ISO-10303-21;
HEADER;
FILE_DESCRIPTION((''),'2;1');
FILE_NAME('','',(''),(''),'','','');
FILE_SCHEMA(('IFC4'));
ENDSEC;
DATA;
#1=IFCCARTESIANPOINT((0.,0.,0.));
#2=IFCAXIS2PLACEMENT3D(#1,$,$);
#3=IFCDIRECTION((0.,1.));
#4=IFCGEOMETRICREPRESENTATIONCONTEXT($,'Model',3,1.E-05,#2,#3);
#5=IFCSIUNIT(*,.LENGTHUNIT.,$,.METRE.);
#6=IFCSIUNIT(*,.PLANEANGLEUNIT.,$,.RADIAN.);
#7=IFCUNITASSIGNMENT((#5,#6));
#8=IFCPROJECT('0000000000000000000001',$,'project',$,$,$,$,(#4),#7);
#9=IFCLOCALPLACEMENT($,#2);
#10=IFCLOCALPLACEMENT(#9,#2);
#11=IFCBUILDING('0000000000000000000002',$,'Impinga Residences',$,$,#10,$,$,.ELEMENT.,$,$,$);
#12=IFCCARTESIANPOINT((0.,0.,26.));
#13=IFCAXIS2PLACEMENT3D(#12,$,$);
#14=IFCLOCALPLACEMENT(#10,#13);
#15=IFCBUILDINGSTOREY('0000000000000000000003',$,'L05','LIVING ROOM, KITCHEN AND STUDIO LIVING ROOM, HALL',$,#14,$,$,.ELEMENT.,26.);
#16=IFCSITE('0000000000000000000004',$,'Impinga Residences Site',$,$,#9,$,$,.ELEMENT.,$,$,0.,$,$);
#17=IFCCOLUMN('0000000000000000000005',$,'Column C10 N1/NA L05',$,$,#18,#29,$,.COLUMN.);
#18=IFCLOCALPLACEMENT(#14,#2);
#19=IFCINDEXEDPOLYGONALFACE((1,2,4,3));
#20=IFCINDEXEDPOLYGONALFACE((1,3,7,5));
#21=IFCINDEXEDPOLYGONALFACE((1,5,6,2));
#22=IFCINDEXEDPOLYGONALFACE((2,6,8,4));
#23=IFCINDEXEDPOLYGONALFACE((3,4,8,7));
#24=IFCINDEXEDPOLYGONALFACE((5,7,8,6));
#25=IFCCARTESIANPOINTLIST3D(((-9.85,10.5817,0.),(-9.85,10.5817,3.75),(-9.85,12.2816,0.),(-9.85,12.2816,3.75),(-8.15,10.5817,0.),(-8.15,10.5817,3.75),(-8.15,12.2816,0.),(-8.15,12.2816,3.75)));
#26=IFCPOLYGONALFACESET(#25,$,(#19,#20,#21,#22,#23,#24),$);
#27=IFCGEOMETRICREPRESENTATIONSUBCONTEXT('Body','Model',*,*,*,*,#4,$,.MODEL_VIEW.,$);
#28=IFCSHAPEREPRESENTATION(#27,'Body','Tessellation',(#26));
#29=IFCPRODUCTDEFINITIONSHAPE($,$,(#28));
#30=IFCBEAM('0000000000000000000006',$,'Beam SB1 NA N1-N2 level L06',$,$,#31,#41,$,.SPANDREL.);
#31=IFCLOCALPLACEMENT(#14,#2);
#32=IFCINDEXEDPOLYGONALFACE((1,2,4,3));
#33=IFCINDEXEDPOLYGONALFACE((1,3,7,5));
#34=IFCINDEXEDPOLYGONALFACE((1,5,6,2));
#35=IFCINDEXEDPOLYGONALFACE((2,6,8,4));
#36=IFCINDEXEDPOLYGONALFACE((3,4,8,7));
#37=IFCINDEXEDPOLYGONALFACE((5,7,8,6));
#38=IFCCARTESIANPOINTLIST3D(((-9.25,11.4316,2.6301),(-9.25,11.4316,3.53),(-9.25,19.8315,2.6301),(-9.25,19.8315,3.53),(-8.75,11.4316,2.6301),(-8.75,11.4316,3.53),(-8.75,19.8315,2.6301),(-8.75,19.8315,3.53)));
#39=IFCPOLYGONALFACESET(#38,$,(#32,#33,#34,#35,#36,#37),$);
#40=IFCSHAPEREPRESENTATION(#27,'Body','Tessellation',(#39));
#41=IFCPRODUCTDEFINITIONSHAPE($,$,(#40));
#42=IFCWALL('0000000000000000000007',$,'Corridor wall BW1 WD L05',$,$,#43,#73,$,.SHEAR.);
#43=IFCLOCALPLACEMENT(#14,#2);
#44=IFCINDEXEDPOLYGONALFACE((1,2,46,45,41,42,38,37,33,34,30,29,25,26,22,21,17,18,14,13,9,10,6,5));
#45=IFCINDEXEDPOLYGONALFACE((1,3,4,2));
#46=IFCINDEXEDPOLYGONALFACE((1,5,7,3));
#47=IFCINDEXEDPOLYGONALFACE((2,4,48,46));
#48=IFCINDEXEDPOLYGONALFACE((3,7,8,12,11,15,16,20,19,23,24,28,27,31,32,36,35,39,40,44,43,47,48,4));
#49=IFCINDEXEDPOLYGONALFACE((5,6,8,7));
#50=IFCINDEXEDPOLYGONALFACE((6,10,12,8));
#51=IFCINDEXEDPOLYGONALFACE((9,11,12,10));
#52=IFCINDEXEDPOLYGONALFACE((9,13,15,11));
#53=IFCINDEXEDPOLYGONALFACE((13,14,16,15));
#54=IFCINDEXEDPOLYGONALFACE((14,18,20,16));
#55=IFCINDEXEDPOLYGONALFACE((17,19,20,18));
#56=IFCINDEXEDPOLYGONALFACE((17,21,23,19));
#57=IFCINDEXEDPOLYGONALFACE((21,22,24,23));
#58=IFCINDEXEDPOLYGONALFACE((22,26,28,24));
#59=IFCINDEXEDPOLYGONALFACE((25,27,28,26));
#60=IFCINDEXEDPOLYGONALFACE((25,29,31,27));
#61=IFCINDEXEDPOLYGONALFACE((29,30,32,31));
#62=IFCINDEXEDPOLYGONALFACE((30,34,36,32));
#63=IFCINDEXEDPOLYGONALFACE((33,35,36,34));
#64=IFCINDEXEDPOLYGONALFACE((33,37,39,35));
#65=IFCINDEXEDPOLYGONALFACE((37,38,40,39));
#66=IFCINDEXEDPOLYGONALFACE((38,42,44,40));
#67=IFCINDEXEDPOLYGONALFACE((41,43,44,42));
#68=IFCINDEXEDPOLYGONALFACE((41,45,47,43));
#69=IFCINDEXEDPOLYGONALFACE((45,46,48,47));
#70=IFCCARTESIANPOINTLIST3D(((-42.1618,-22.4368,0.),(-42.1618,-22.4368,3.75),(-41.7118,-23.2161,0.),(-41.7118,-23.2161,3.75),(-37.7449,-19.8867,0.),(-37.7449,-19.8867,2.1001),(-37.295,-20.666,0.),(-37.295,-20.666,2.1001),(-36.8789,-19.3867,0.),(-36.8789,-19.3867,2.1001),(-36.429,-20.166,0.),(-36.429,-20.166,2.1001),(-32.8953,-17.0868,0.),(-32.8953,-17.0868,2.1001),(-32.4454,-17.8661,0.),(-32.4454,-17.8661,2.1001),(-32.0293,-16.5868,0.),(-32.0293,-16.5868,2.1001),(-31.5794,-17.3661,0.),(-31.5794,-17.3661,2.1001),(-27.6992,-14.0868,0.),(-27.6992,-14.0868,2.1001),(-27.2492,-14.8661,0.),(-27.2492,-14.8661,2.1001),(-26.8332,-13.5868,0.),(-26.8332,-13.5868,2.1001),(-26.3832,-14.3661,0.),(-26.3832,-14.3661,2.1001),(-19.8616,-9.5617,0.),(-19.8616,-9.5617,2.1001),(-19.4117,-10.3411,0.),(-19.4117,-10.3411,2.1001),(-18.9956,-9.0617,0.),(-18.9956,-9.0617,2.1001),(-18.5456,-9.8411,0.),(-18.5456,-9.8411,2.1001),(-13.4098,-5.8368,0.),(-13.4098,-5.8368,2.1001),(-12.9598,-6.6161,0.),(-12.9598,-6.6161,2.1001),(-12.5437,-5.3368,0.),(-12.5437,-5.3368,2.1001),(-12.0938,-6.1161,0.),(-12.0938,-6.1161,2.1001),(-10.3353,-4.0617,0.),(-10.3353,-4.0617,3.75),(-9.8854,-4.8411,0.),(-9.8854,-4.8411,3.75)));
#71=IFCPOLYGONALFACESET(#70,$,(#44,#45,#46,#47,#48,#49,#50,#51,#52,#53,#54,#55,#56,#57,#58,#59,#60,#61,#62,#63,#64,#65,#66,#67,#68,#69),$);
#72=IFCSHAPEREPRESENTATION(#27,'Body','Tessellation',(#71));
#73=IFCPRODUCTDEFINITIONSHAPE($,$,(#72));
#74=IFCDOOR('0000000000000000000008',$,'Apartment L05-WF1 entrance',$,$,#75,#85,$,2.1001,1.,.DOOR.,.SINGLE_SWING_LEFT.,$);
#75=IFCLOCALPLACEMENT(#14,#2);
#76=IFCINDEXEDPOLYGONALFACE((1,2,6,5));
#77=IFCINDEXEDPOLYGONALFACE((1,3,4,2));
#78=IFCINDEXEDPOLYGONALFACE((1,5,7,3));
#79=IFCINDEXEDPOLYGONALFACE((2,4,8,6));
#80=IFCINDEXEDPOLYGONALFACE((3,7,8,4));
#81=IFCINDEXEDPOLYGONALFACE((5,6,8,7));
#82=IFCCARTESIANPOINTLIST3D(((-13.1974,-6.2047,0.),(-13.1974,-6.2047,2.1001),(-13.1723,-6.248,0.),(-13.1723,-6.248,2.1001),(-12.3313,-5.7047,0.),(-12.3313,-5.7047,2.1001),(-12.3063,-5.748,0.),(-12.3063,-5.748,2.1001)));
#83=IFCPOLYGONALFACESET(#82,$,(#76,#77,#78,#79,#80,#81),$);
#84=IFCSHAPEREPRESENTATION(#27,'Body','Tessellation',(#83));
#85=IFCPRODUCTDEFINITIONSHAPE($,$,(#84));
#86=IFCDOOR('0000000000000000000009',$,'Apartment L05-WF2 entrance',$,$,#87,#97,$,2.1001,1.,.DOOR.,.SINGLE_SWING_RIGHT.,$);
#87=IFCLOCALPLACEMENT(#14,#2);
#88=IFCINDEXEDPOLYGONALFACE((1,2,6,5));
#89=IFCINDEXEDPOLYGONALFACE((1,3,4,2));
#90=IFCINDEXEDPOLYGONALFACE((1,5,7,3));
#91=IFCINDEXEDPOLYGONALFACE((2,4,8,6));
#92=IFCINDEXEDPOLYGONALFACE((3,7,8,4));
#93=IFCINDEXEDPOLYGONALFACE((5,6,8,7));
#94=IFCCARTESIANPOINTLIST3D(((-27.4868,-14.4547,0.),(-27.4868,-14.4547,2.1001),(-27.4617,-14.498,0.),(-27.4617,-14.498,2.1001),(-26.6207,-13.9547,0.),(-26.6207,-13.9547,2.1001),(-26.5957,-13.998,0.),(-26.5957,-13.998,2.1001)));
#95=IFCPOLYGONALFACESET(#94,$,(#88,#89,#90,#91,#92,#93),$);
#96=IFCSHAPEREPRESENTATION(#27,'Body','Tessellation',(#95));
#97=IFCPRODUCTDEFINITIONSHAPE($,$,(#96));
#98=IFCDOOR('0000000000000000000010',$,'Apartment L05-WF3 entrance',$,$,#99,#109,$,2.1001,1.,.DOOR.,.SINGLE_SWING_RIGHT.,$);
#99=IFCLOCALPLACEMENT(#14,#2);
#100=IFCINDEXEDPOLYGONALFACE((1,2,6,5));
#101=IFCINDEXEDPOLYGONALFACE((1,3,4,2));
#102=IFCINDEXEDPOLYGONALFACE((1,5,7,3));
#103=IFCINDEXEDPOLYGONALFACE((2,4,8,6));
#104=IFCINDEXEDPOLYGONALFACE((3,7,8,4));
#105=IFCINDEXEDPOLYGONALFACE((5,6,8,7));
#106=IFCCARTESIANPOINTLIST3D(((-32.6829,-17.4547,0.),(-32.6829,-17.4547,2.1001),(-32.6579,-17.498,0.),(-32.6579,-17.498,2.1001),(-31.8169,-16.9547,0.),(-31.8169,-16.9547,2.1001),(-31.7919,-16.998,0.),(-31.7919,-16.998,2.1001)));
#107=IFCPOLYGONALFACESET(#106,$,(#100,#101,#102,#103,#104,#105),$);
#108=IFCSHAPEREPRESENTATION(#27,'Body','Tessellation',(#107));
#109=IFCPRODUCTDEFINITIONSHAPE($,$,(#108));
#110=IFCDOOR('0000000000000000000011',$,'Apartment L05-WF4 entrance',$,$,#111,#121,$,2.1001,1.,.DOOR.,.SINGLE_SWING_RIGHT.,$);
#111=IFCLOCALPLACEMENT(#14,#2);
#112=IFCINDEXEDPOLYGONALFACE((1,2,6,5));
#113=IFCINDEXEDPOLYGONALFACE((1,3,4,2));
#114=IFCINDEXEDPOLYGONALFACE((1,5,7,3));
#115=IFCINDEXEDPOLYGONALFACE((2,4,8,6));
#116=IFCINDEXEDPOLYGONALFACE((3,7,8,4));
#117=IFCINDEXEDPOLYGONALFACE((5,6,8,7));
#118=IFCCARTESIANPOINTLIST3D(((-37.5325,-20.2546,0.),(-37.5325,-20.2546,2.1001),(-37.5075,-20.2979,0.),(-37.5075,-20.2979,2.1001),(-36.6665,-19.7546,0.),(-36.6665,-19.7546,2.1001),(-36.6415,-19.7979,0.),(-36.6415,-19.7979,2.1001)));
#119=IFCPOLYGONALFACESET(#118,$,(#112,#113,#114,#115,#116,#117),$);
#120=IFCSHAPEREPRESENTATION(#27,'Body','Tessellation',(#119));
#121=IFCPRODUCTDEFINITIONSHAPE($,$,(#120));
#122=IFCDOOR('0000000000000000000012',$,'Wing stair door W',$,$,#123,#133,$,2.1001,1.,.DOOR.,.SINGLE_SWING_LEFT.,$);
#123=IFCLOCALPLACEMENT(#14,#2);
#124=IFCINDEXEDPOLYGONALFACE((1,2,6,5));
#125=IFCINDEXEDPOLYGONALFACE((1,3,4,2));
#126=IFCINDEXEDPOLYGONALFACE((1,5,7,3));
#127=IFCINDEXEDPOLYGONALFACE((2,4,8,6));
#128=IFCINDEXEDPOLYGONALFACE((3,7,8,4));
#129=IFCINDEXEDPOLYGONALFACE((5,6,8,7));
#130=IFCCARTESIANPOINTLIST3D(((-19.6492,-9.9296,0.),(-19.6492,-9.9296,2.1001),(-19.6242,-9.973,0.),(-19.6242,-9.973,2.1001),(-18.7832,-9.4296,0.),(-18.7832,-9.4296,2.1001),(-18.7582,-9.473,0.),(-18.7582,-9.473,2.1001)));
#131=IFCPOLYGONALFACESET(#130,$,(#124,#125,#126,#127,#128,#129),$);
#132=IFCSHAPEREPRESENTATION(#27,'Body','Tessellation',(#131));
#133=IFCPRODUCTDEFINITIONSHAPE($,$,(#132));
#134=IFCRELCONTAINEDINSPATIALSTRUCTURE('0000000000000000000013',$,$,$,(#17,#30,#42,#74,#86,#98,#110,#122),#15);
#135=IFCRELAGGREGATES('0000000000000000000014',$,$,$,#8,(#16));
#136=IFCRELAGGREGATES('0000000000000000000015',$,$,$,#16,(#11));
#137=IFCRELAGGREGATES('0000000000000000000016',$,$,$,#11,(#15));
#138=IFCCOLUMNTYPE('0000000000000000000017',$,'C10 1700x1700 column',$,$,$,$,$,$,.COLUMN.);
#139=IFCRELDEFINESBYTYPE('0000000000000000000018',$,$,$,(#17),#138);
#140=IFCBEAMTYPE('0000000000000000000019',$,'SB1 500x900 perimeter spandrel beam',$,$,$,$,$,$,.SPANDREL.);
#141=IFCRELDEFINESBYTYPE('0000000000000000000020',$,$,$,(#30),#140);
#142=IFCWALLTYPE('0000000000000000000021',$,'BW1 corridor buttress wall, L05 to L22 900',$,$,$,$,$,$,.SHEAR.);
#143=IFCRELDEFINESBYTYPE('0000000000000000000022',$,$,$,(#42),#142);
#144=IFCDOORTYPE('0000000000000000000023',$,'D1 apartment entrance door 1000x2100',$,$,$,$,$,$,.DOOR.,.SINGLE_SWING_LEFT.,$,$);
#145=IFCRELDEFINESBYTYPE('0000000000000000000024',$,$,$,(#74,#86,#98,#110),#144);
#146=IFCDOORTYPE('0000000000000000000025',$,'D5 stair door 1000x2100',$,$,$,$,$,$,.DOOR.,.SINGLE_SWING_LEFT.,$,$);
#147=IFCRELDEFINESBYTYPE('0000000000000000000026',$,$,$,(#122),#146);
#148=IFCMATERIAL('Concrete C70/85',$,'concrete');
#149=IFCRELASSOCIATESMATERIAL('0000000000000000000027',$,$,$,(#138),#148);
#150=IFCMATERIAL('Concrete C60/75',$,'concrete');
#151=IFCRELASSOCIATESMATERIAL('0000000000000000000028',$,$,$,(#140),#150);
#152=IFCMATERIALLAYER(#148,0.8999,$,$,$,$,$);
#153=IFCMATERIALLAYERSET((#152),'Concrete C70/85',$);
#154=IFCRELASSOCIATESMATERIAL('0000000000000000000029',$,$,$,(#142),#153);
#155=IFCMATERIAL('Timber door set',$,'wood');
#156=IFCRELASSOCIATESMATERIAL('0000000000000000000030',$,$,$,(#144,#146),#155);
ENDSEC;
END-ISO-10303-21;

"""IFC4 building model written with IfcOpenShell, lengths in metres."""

from ifc_helpers import new_model, si_unit, direction, frame, frame_2d, origin, origin_2d, place, context, subcontext, project, spatial, rectangle, extrude, material, layer, layer_set, material_profile, profile_set, type_object, element, fill, save


model = new_model("IFC4")

# Units and contexts
model_context = context("Model", 3, precision=1e-05, world=origin(), true_north=direction((0.0, 1.0)))
body_context = subcontext(model_context, "Body", "Model", "MODEL_VIEW")
ifc_project = project(units=[si_unit("LENGTHUNIT", "METRE"), si_unit("PLANEANGLEUNIT", "RADIAN")], contexts=[model_context])

# Site, building, storey
site_placement = place(None, origin())
site = spatial("IfcSite", under=ifc_project, at=site_placement, Name="Impinga Residences Site", CompositionType="ELEMENT", RefElevation=0.0)
building_placement = place(site_placement, origin())
building = spatial("IfcBuilding", under=site, at=building_placement, Name="Impinga Residences", CompositionType="ELEMENT")
storey_placement = place(building_placement, frame((0.0, 0.0, 26.0)))
storey = spatial("IfcBuildingStorey", under=building, at=storey_placement, Name="L05", Description="LIVING ROOM, KITCHEN AND STUDIO LIVING ROOM, HALL", CompositionType="ELEMENT", Elevation=26.0)

# Column
ifc_material_1 = material(Name="Concrete C70/85", Category="concrete")
ifc_material_profile_1 = material_profile(ifc_material_1, rectangle(XDim=1.7, YDim=1.7, at=origin_2d()), Name="RC 1700x1700")
ifc_profile_set_1 = profile_set([ifc_material_profile_1], Name="Concrete C70/85")
column_type = type_object("IfcColumnType", Name="C10 1700x1700 column", PredefinedType="COLUMN", material=ifc_profile_set_1)
column_placement = place(storey_placement, frame((-9.0, 11.4316, 0.0), z_axis=(0.0, 0.0, 1.0), x_axis=(1.0, 0.0, 0.0)))
element("IfcColumn", 1, at=column_placement, inside=storey, type_object=column_type, Name="Column C10 N1/NA L05", PredefinedType="COLUMN", context=body_context, shape_type="SweptSolid", body=[
    extrude(rectangle(XDim=1.7, YDim=1.7, at=origin_2d()), origin(), (0.0, 0.0, 1.0), 3.75),
])

# Beam
ifc_material_2 = material(Name="Concrete C60/75", Category="concrete")
ifc_material_profile_2 = material_profile(ifc_material_2, rectangle(XDim=0.5, YDim=0.8999, at=origin_2d()), Name="RC 500x900")
ifc_profile_set_2 = profile_set([ifc_material_profile_2], Name="Concrete C60/75")
beam_type = type_object("IfcBeamType", Name="SB1 500x900 perimeter spandrel beam", PredefinedType="SPANDREL", material=ifc_profile_set_2)
beam_placement = place(storey_placement, frame((-9.0, 11.4316, 3.0801), z_axis=(0.0, 1.0, 0.0), x_axis=(-1.0, 0.0, 0.0)))
element("IfcBeam", 2, at=beam_placement, inside=storey, type_object=beam_type, Name="Beam SB1 NA N1-N2 level L06", PredefinedType="SPANDREL", context=body_context, shape_type="SweptSolid", body=[
    extrude(rectangle(XDim=0.5, YDim=0.8999, at=origin_2d()), origin(), (0.0, 0.0, 1.0), 8.3999),
])

# Wall, openings, doors
ifc_layer_1 = layer(ifc_material_1, 0.8999)
ifc_layer_set_1 = layer_set([ifc_layer_1], Name="Concrete C70/85")
wall_type_1 = type_object("IfcWallType", Name="BW1 corridor buttress wall, L05 to L22 900", PredefinedType="SHEAR", material=ifc_layer_set_1)
wall_1_placement = place(storey_placement, frame((-10.1104, -4.4514, 0.0), z_axis=(0.0, 0.0, 1.0), x_axis=(-0.866025, -0.5, 0.0)))
wall_1 = element("IfcWall", 3, at=wall_1_placement, inside=storey, type_object=wall_type_1, Name="Corridor wall BW1 WD L05", PredefinedType="SHEAR", context=body_context, shape_type="SweptSolid", body=[
    extrude(rectangle(XDim=36.75, YDim=0.8999, at=frame_2d((18.375, 0.0))), origin(), (0.0, 0.0, 1.0), 3.75),
])
opening_1_placement = place(wall_1_placement, frame((10.0, 0.0, 0.0)))
opening_1 = element("IfcOpeningElement", 4, at=opening_1_placement, cuts=wall_1, PredefinedType="OPENING", context=body_context, shape_type="SweptSolid", body=[
    extrude(rectangle(XDim=1.0, YDim=2.1001, at=frame_2d((0.5, 1.05))), frame((0.0, 0.46, 0.0), z_axis=(0.0, -1.0, 0.0), x_axis=(1.0, 0.0, 0.0)), (0.0, 0.0, 1.0), 0.9199),
])
opening_2_placement = place(wall_1_placement, frame((2.55, 0.0, 0.0)))
opening_2 = element("IfcOpeningElement", 5, at=opening_2_placement, cuts=wall_1, PredefinedType="OPENING", context=body_context, shape_type="SweptSolid", body=[
    extrude(rectangle(XDim=1.0, YDim=2.1001, at=frame_2d((0.5, 1.05))), frame((0.0, 0.46, 0.0), z_axis=(0.0, -1.0, 0.0), x_axis=(1.0, 0.0, 0.0)), (0.0, 0.0, 1.0), 0.9199),
])
opening_3_placement = place(wall_1_placement, frame((19.05, 0.0, 0.0)))
opening_3 = element("IfcOpeningElement", 6, at=opening_3_placement, cuts=wall_1, PredefinedType="OPENING", context=body_context, shape_type="SweptSolid", body=[
    extrude(rectangle(XDim=1.0, YDim=2.1001, at=frame_2d((0.5, 1.05))), frame((0.0, 0.46, 0.0), z_axis=(0.0, -1.0, 0.0), x_axis=(1.0, 0.0, 0.0)), (0.0, 0.0, 1.0), 0.9199),
])
opening_4_placement = place(wall_1_placement, frame((25.05, 0.0, 0.0)))
opening_4 = element("IfcOpeningElement", 7, at=opening_4_placement, cuts=wall_1, PredefinedType="OPENING", context=body_context, shape_type="SweptSolid", body=[
    extrude(rectangle(XDim=1.0, YDim=2.1001, at=frame_2d((0.5, 1.05))), frame((0.0, 0.46, 0.0), z_axis=(0.0, -1.0, 0.0), x_axis=(1.0, 0.0, 0.0)), (0.0, 0.0, 1.0), 0.9199),
])
opening_5_placement = place(wall_1_placement, frame((30.6499, 0.0, 0.0)))
opening_5 = element("IfcOpeningElement", 8, at=opening_5_placement, cuts=wall_1, PredefinedType="OPENING", context=body_context, shape_type="SweptSolid", body=[
    extrude(rectangle(XDim=1.0, YDim=2.1001, at=frame_2d((0.5, 1.05))), frame((0.0, 0.46, 0.0), z_axis=(0.0, -1.0, 0.0), x_axis=(1.0, 0.0, 0.0)), (0.0, 0.0, 1.0), 0.9199),
])
ifc_material_3 = material(Name="Timber door set", Category="wood")
door_type_1 = type_object("IfcDoorType", Name="D1 apartment entrance door 1000x2100", OperationType="SINGLE_SWING_LEFT", PredefinedType="DOOR", material=ifc_material_3)
door_1_placement = place(opening_2_placement, origin())
door_1 = element("IfcDoor", 9, at=door_1_placement, inside=storey, type_object=door_type_1, Name="Apartment L05-WF1 entrance", OperationType="SINGLE_SWING_LEFT", OverallHeight=2.1001, OverallWidth=1.0, PredefinedType="DOOR", context=body_context, shape_type="SweptSolid", body=[
    extrude(rectangle(XDim=1.0, YDim=2.1001, at=frame_2d((0.5, 1.05))), frame((0.0, 0.0249, 0.0), z_axis=(0.0, -1.0, 0.0), x_axis=(1.0, 0.0, 0.0)), (0.0, 0.0, 1.0), 0.05),
])
fill(opening_2, door_1)
door_2_placement = place(opening_3_placement, origin())
door_2 = element("IfcDoor", 10, at=door_2_placement, inside=storey, type_object=door_type_1, Name="Apartment L05-WF2 entrance", OperationType="SINGLE_SWING_RIGHT", OverallHeight=2.1001, OverallWidth=1.0, PredefinedType="DOOR", context=body_context, shape_type="SweptSolid", body=[
    extrude(rectangle(XDim=1.0, YDim=2.1001, at=frame_2d((0.5, 1.05))), frame((0.0, 0.0249, 0.0), z_axis=(0.0, -1.0, 0.0), x_axis=(1.0, 0.0, 0.0)), (0.0, 0.0, 1.0), 0.05),
])
fill(opening_3, door_2)
door_3_placement = place(opening_4_placement, origin())
door_3 = element("IfcDoor", 11, at=door_3_placement, inside=storey, type_object=door_type_1, Name="Apartment L05-WF3 entrance", OperationType="SINGLE_SWING_RIGHT", OverallHeight=2.1001, OverallWidth=1.0, PredefinedType="DOOR", context=body_context, shape_type="SweptSolid", body=[
    extrude(rectangle(XDim=1.0, YDim=2.1001, at=frame_2d((0.5, 1.05))), frame((0.0, 0.0249, 0.0), z_axis=(0.0, -1.0, 0.0), x_axis=(1.0, 0.0, 0.0)), (0.0, 0.0, 1.0), 0.05),
])
fill(opening_4, door_3)
door_4_placement = place(opening_5_placement, origin())
door_4 = element("IfcDoor", 12, at=door_4_placement, inside=storey, type_object=door_type_1, Name="Apartment L05-WF4 entrance", OperationType="SINGLE_SWING_RIGHT", OverallHeight=2.1001, OverallWidth=1.0, PredefinedType="DOOR", context=body_context, shape_type="SweptSolid", body=[
    extrude(rectangle(XDim=1.0, YDim=2.1001, at=frame_2d((0.5, 1.05))), frame((0.0, 0.0249, 0.0), z_axis=(0.0, -1.0, 0.0), x_axis=(1.0, 0.0, 0.0)), (0.0, 0.0, 1.0), 0.05),
])
fill(opening_5, door_4)
door_type_2 = type_object("IfcDoorType", Name="D5 stair door 1000x2100", OperationType="SINGLE_SWING_LEFT", PredefinedType="DOOR", material=ifc_material_3)
door_5_placement = place(opening_1_placement, origin())
door_5 = element("IfcDoor", 13, at=door_5_placement, inside=storey, type_object=door_type_2, Name="Wing stair door W", OperationType="SINGLE_SWING_LEFT", OverallHeight=2.1001, OverallWidth=1.0, PredefinedType="DOOR", context=body_context, shape_type="SweptSolid", body=[
    extrude(rectangle(XDim=1.0, YDim=2.1001, at=frame_2d((0.5, 1.05))), frame((0.0, 0.0249, 0.0), z_axis=(0.0, -1.0, 0.0), x_axis=(1.0, 0.0, 0.0)), (0.0, 0.0, 1.0), 0.05),
])
fill(opening_1, door_5)

save(model, "model.ifc")
